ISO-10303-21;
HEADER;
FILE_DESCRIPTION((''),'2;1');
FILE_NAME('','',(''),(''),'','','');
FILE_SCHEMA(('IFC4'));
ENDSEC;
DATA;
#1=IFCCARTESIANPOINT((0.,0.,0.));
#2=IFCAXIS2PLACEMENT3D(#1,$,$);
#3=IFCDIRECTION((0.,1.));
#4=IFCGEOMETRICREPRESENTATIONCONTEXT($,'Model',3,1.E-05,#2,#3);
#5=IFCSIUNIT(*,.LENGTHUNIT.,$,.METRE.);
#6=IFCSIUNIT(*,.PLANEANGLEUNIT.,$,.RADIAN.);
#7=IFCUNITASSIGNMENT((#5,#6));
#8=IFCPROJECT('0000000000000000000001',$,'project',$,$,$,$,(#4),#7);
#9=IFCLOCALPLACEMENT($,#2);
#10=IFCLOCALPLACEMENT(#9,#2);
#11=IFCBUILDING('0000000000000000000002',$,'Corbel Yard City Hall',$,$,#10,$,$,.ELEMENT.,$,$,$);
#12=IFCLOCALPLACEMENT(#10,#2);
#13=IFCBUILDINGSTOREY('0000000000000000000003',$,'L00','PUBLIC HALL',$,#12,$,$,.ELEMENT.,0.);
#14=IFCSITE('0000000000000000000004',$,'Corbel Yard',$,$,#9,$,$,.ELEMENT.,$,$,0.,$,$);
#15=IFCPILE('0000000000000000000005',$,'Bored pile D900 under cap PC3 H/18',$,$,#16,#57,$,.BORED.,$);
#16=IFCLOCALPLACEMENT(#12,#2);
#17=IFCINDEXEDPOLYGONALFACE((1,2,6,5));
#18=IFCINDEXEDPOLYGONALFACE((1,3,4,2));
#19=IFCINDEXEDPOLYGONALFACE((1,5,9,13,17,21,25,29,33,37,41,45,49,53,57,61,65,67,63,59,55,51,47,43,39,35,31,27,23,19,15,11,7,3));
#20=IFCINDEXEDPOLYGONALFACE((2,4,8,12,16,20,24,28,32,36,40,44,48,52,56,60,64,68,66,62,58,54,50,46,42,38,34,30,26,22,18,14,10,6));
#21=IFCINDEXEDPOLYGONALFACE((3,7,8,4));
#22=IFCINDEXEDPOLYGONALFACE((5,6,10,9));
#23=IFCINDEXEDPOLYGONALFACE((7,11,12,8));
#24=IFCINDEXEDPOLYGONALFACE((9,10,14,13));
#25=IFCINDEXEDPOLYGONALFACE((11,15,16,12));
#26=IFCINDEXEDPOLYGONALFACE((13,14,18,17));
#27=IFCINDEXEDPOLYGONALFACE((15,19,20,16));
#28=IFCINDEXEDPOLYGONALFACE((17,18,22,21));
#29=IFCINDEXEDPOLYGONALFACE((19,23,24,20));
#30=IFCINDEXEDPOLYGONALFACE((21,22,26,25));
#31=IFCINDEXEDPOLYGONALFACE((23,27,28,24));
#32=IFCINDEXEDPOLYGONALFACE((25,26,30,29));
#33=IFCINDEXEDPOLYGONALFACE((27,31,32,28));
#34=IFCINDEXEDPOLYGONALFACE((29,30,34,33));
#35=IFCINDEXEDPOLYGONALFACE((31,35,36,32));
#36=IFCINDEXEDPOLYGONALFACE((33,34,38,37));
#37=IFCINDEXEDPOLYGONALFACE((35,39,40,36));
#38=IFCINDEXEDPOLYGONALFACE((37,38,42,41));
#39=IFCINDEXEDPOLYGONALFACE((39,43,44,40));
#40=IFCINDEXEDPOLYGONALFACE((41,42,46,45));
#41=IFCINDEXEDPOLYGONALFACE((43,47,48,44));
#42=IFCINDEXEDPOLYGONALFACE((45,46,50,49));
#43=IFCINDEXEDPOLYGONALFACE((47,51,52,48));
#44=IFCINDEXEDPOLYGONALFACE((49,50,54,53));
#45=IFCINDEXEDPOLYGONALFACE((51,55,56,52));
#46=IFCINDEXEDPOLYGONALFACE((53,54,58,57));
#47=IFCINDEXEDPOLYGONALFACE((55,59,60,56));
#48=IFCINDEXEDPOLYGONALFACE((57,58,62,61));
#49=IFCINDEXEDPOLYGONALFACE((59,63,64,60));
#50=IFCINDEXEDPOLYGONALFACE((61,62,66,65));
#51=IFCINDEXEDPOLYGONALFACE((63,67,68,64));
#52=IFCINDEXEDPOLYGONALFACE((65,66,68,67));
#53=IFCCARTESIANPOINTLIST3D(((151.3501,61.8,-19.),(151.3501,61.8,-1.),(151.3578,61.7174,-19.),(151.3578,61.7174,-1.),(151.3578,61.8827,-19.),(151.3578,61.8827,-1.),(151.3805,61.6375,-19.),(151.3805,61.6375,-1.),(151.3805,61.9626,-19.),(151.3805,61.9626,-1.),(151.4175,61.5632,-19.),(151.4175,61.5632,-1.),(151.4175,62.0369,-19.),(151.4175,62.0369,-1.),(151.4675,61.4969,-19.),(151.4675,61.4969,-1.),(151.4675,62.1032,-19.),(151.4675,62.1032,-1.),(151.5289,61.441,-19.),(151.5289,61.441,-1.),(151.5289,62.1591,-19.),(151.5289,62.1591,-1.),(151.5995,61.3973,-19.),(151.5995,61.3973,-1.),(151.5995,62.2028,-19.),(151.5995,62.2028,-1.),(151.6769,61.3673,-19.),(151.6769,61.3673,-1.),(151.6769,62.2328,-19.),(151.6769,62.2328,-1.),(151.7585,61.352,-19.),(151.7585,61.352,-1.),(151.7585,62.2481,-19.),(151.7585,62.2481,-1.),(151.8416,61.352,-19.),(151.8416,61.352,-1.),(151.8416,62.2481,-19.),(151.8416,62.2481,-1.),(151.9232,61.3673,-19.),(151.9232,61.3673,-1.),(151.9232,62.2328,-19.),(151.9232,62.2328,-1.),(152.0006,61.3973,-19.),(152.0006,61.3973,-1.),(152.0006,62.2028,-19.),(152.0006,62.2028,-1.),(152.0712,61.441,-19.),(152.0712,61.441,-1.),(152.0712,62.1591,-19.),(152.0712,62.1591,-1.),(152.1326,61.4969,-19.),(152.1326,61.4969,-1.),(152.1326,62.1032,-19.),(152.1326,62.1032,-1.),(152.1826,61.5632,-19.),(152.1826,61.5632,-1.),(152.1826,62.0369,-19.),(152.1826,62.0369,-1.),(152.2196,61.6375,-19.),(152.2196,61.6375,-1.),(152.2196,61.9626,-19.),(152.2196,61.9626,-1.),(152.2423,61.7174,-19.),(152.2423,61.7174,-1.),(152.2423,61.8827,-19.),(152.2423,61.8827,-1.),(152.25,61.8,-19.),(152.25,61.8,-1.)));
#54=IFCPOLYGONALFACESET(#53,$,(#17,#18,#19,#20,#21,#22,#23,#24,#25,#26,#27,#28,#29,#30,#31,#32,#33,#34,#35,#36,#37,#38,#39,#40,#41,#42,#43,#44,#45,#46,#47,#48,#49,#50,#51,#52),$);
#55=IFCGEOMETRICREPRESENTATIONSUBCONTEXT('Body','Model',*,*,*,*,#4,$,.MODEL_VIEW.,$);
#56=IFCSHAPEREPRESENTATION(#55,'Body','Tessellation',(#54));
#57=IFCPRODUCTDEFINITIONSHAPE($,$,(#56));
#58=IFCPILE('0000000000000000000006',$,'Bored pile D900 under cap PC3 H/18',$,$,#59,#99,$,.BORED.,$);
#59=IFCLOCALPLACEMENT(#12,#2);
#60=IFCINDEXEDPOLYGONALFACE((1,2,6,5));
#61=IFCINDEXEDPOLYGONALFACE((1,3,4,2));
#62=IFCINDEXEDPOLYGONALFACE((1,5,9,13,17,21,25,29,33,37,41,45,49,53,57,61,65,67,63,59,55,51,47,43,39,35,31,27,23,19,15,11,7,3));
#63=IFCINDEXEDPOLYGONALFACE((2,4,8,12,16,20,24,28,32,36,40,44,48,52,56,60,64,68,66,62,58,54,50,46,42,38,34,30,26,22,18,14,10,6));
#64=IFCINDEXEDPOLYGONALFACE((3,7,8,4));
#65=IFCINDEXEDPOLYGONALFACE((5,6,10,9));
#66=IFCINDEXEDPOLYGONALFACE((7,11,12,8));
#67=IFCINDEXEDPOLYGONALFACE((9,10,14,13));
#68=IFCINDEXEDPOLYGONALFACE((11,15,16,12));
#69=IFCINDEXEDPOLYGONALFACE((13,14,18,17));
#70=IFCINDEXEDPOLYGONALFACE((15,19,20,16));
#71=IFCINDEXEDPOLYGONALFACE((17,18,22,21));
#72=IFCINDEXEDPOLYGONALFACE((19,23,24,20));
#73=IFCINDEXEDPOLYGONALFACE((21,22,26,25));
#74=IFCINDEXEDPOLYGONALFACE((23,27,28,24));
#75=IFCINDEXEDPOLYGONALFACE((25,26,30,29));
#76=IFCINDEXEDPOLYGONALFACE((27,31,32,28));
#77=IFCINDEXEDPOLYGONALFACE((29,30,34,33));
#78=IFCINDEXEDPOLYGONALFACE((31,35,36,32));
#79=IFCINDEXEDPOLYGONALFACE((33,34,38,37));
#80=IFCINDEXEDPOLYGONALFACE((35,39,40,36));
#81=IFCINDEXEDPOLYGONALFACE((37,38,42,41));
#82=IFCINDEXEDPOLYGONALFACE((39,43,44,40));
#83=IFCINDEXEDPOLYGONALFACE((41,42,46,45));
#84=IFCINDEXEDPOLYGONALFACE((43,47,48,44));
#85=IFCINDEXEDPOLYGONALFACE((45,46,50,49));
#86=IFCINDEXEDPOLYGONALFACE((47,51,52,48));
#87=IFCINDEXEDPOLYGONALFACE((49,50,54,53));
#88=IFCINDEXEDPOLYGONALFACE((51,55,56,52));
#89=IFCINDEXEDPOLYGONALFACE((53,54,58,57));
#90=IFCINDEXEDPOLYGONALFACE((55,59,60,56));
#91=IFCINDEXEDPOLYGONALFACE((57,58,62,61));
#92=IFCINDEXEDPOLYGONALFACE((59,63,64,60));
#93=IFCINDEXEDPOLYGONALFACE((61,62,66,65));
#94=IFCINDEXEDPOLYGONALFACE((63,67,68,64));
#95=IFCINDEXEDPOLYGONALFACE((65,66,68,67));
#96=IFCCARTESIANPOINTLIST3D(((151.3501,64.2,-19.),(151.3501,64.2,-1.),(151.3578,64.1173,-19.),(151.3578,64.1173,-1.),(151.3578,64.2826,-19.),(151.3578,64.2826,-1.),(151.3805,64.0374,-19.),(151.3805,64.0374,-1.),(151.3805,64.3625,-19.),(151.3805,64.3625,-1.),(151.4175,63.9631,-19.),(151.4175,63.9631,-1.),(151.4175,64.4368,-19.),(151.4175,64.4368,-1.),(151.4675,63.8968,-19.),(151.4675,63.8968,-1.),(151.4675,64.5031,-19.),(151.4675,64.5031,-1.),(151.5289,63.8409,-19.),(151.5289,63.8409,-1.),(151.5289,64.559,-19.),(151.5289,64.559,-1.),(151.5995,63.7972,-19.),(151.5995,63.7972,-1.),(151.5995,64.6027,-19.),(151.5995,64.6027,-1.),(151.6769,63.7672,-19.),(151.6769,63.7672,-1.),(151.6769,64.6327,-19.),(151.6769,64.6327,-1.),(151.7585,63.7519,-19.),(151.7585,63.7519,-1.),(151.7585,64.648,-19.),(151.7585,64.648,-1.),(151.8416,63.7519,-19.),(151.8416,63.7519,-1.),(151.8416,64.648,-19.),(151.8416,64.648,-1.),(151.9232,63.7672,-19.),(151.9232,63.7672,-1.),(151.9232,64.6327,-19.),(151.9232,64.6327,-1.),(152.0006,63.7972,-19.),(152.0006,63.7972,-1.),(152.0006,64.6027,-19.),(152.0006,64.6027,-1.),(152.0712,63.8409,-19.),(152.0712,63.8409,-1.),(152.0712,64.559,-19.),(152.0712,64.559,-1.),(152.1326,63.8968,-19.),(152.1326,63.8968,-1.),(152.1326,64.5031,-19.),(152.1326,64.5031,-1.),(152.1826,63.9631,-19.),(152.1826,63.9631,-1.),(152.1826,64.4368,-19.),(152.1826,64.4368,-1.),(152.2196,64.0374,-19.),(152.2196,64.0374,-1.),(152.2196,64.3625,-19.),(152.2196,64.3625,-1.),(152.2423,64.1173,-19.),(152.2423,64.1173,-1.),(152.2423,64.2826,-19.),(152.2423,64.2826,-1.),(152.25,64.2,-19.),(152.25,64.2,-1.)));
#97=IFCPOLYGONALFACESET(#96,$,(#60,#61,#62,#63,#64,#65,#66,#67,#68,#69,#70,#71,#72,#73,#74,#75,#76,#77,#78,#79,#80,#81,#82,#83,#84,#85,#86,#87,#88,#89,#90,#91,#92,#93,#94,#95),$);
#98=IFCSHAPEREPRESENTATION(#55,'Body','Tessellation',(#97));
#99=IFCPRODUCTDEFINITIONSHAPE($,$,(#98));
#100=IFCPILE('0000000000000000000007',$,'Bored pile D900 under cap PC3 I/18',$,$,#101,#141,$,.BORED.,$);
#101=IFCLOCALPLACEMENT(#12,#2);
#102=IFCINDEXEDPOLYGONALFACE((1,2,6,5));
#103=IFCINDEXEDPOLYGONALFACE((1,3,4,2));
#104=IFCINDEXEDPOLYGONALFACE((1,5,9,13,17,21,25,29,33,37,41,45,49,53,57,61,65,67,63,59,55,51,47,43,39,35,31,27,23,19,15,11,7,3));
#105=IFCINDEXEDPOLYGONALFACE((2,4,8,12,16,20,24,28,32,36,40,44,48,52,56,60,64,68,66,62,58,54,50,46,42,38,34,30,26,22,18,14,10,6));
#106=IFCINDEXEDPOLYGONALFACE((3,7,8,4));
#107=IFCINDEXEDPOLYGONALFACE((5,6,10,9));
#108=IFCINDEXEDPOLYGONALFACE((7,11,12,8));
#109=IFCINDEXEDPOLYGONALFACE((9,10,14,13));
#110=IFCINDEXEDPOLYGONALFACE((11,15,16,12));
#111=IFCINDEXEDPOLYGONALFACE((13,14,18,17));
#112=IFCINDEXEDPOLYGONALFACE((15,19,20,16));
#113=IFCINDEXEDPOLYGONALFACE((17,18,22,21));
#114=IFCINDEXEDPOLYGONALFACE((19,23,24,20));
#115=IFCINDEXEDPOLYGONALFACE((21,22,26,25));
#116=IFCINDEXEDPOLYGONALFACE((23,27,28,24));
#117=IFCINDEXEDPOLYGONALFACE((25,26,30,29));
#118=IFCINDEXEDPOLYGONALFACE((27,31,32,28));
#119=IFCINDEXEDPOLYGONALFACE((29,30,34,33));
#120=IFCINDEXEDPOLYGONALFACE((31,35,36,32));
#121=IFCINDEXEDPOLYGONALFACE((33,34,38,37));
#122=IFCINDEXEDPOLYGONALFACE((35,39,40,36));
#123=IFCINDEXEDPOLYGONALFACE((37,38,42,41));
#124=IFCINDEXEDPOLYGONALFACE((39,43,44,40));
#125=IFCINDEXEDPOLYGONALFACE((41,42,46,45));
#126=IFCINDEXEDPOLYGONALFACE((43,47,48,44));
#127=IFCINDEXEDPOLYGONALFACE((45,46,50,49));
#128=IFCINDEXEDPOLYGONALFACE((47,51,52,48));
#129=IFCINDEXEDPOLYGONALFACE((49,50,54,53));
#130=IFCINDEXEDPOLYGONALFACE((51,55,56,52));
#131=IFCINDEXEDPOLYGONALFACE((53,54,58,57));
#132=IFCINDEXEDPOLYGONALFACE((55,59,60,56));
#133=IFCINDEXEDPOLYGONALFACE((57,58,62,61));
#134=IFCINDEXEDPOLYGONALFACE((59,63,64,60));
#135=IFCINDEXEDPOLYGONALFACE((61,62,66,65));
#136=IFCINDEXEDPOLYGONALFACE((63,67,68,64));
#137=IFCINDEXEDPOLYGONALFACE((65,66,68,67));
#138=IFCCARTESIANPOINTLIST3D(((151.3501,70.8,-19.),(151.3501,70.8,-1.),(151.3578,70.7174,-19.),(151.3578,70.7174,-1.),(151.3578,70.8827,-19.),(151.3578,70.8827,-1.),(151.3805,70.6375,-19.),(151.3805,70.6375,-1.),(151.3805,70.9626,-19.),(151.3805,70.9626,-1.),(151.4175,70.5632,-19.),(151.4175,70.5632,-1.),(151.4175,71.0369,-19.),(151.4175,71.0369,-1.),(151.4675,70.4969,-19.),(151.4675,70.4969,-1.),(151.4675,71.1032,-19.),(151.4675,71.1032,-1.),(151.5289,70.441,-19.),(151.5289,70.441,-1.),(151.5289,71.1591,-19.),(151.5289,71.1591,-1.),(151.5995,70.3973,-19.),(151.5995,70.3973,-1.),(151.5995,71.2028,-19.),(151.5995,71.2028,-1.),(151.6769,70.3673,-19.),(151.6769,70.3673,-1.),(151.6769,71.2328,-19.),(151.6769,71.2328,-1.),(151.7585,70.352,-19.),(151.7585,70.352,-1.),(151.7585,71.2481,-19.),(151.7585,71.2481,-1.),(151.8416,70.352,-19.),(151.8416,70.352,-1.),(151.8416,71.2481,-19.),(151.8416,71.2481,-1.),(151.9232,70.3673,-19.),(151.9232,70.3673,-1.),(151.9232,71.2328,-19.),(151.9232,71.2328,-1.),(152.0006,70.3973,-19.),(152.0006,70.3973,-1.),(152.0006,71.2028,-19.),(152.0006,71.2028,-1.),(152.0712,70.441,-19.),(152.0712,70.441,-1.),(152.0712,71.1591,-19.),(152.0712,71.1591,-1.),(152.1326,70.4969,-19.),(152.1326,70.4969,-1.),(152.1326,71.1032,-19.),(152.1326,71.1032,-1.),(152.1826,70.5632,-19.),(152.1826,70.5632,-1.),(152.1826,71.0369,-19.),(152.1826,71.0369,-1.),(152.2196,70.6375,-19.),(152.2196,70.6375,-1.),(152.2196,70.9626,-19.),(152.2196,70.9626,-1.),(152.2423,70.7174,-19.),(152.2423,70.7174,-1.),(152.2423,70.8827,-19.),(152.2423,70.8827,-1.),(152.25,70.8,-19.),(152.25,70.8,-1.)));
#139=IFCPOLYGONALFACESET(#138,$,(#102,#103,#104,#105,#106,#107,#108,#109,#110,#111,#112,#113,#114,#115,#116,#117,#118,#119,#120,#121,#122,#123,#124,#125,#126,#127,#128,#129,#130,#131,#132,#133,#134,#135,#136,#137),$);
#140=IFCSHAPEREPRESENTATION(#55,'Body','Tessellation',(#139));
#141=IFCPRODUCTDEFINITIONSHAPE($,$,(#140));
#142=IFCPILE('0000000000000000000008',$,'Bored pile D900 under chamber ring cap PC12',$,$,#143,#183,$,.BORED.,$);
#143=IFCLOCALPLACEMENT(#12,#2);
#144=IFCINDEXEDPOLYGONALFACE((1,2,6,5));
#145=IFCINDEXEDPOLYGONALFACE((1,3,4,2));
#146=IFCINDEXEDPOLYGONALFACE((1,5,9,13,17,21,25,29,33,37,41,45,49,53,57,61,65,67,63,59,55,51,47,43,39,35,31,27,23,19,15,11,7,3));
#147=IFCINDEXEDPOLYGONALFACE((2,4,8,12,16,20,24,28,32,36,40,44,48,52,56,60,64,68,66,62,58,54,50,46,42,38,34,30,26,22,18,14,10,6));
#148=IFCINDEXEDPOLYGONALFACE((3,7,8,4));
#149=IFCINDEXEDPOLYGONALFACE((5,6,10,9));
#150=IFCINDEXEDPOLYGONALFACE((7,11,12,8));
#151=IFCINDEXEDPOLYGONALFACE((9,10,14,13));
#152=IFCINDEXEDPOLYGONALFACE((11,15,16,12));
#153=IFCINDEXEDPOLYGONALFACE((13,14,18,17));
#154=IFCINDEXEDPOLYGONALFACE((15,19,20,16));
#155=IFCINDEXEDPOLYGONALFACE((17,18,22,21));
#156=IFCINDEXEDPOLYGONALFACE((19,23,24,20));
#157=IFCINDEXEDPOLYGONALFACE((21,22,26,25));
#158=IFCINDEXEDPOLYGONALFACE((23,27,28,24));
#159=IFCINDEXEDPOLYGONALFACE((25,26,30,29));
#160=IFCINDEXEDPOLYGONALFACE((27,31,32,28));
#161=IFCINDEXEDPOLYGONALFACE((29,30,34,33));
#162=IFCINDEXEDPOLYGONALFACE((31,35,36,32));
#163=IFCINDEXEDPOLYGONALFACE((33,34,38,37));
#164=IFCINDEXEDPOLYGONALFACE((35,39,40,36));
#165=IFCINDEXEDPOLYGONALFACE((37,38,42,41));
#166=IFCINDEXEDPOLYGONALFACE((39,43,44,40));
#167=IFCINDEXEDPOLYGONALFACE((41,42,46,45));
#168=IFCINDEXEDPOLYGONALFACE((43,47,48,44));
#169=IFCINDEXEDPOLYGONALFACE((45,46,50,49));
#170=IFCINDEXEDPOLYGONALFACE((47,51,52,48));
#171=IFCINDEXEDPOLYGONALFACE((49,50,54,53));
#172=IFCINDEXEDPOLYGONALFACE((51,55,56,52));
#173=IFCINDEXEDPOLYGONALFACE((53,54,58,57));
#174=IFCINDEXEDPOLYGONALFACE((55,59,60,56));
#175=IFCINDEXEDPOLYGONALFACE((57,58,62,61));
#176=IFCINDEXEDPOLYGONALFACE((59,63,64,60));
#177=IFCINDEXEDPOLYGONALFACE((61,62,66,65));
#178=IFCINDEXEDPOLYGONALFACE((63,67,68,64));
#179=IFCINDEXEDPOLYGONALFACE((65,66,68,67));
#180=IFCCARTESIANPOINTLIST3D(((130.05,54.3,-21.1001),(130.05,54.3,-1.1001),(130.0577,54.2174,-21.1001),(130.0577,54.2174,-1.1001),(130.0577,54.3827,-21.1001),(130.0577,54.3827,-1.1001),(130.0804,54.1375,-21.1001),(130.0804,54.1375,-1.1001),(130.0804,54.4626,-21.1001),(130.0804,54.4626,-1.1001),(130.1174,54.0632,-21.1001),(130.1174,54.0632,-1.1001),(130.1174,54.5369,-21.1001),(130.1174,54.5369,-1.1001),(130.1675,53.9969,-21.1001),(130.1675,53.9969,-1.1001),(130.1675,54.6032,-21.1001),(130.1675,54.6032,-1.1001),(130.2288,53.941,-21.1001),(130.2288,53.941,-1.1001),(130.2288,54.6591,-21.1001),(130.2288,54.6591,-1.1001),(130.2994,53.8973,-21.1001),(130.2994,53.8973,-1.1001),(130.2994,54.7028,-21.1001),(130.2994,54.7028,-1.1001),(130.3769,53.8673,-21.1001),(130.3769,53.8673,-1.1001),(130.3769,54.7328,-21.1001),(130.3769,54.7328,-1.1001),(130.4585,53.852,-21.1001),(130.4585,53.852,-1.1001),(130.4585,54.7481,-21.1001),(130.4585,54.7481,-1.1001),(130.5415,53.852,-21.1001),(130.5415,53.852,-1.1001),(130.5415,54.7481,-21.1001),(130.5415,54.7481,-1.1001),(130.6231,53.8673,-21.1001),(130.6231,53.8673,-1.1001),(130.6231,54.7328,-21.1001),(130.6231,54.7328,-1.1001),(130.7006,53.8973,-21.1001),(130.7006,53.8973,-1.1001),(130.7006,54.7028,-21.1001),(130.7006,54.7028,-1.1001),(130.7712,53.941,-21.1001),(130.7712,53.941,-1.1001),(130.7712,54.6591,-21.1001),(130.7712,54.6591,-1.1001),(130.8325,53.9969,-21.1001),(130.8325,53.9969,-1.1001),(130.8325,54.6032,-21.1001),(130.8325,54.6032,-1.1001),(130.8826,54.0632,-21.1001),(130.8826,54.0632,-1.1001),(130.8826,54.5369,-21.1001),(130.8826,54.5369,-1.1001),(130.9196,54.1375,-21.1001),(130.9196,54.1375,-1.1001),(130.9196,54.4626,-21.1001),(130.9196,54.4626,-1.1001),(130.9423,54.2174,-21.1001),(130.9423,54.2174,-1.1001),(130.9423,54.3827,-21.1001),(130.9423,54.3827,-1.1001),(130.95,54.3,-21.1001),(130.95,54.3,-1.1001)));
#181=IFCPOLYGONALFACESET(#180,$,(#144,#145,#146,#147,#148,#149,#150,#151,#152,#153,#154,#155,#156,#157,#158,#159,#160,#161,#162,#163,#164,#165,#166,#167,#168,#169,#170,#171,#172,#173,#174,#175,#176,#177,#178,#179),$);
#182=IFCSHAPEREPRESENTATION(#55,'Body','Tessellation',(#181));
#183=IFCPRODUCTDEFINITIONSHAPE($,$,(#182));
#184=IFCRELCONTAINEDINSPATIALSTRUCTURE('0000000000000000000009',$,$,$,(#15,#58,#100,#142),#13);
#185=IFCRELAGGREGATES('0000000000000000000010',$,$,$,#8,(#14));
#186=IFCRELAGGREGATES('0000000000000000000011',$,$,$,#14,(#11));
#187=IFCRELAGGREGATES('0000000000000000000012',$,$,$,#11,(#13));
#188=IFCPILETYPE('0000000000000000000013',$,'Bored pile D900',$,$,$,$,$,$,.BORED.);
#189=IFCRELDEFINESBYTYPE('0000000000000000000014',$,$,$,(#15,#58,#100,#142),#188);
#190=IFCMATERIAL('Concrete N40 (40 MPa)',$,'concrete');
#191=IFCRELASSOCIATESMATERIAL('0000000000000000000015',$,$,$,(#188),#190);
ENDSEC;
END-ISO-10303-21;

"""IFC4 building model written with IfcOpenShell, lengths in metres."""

from ifc_helpers import new_model, si_unit, direction, frame, origin, origin_2d, place, context, subcontext, project, spatial, circle, extrude, material, material_profile, profile_set, type_object, element, save


model = new_model("IFC4")

# Units and contexts
model_context = context("Model", 3, precision=1e-05, world=origin(), true_north=direction((0.0, 1.0)))
body_context = subcontext(model_context, "Body", "Model", "MODEL_VIEW")
ifc_project = project(units=[si_unit("LENGTHUNIT", "METRE"), si_unit("PLANEANGLEUNIT", "RADIAN")], contexts=[model_context])

# Site, building, storey
site_placement = place(None, origin())
site = spatial("IfcSite", under=ifc_project, at=site_placement, Name="Corbel Yard", CompositionType="ELEMENT", RefElevation=0.0)
building_placement = place(site_placement, origin())
building = spatial("IfcBuilding", under=site, at=building_placement, Name="Corbel Yard City Hall", CompositionType="ELEMENT")
storey_placement = place(building_placement, origin())
storey = spatial("IfcBuildingStorey", under=building, at=storey_placement, Name="L00", Description="PUBLIC HALL", CompositionType="ELEMENT", Elevation=0.0)

# Piles
ifc_material_1 = material(Name="Concrete N40 (40 MPa)", Category="concrete")
ifc_material_profile_1 = material_profile(ifc_material_1, circle(Radius=0.45, at=origin_2d()), Name="D900")
ifc_profile_set_1 = profile_set([ifc_material_profile_1], Name="Concrete N40 (40 MPa)")
pile_type = type_object("IfcPileType", Name="Bored pile D900", PredefinedType="BORED", material=ifc_profile_set_1)
for number, where, z_axis, x_axis, name in (
    (1, (151.8, 61.8, -1.0), (0.0, 0.0, -1.0), (1.0, 0.0, 0.0), "Bored pile D900 under cap PC3 H/18"),
    (2, (151.8, 64.2, -1.0), (0.0, 0.0, -1.0), (1.0, 0.0, 0.0), "Bored pile D900 under cap PC3 H/18"),
    (3, (151.8, 70.8, -1.0), (0.0, 0.0, -1.0), (1.0, 0.0, 0.0), "Bored pile D900 under cap PC3 I/18"),
):
    element("IfcPile", number, at=place(storey_placement, frame(where, z_axis=z_axis, x_axis=x_axis)), inside=storey, type_object=pile_type, Name=name, PredefinedType="BORED", context=body_context, shape_type="SweptSolid", body=[
        extrude(circle(Radius=0.45, at=origin_2d()), origin(), (0.0, 0.0, 1.0), 18.0),
    ])
for number, where, z_axis, x_axis, name in (
    (4, (130.5, 54.3, -1.1001), (0.0, 0.0, -1.0), (1.0, 0.0, 0.0), "Bored pile D900 under chamber ring cap PC12"),
):
    element("IfcPile", number, at=place(storey_placement, frame(where, z_axis=z_axis, x_axis=x_axis)), inside=storey, type_object=pile_type, Name=name, PredefinedType="BORED", context=body_context, shape_type="SweptSolid", body=[
        extrude(circle(Radius=0.45, at=origin_2d()), origin(), (0.0, 0.0, 1.0), 20.0),
    ])

save(model, "model.ifc")
